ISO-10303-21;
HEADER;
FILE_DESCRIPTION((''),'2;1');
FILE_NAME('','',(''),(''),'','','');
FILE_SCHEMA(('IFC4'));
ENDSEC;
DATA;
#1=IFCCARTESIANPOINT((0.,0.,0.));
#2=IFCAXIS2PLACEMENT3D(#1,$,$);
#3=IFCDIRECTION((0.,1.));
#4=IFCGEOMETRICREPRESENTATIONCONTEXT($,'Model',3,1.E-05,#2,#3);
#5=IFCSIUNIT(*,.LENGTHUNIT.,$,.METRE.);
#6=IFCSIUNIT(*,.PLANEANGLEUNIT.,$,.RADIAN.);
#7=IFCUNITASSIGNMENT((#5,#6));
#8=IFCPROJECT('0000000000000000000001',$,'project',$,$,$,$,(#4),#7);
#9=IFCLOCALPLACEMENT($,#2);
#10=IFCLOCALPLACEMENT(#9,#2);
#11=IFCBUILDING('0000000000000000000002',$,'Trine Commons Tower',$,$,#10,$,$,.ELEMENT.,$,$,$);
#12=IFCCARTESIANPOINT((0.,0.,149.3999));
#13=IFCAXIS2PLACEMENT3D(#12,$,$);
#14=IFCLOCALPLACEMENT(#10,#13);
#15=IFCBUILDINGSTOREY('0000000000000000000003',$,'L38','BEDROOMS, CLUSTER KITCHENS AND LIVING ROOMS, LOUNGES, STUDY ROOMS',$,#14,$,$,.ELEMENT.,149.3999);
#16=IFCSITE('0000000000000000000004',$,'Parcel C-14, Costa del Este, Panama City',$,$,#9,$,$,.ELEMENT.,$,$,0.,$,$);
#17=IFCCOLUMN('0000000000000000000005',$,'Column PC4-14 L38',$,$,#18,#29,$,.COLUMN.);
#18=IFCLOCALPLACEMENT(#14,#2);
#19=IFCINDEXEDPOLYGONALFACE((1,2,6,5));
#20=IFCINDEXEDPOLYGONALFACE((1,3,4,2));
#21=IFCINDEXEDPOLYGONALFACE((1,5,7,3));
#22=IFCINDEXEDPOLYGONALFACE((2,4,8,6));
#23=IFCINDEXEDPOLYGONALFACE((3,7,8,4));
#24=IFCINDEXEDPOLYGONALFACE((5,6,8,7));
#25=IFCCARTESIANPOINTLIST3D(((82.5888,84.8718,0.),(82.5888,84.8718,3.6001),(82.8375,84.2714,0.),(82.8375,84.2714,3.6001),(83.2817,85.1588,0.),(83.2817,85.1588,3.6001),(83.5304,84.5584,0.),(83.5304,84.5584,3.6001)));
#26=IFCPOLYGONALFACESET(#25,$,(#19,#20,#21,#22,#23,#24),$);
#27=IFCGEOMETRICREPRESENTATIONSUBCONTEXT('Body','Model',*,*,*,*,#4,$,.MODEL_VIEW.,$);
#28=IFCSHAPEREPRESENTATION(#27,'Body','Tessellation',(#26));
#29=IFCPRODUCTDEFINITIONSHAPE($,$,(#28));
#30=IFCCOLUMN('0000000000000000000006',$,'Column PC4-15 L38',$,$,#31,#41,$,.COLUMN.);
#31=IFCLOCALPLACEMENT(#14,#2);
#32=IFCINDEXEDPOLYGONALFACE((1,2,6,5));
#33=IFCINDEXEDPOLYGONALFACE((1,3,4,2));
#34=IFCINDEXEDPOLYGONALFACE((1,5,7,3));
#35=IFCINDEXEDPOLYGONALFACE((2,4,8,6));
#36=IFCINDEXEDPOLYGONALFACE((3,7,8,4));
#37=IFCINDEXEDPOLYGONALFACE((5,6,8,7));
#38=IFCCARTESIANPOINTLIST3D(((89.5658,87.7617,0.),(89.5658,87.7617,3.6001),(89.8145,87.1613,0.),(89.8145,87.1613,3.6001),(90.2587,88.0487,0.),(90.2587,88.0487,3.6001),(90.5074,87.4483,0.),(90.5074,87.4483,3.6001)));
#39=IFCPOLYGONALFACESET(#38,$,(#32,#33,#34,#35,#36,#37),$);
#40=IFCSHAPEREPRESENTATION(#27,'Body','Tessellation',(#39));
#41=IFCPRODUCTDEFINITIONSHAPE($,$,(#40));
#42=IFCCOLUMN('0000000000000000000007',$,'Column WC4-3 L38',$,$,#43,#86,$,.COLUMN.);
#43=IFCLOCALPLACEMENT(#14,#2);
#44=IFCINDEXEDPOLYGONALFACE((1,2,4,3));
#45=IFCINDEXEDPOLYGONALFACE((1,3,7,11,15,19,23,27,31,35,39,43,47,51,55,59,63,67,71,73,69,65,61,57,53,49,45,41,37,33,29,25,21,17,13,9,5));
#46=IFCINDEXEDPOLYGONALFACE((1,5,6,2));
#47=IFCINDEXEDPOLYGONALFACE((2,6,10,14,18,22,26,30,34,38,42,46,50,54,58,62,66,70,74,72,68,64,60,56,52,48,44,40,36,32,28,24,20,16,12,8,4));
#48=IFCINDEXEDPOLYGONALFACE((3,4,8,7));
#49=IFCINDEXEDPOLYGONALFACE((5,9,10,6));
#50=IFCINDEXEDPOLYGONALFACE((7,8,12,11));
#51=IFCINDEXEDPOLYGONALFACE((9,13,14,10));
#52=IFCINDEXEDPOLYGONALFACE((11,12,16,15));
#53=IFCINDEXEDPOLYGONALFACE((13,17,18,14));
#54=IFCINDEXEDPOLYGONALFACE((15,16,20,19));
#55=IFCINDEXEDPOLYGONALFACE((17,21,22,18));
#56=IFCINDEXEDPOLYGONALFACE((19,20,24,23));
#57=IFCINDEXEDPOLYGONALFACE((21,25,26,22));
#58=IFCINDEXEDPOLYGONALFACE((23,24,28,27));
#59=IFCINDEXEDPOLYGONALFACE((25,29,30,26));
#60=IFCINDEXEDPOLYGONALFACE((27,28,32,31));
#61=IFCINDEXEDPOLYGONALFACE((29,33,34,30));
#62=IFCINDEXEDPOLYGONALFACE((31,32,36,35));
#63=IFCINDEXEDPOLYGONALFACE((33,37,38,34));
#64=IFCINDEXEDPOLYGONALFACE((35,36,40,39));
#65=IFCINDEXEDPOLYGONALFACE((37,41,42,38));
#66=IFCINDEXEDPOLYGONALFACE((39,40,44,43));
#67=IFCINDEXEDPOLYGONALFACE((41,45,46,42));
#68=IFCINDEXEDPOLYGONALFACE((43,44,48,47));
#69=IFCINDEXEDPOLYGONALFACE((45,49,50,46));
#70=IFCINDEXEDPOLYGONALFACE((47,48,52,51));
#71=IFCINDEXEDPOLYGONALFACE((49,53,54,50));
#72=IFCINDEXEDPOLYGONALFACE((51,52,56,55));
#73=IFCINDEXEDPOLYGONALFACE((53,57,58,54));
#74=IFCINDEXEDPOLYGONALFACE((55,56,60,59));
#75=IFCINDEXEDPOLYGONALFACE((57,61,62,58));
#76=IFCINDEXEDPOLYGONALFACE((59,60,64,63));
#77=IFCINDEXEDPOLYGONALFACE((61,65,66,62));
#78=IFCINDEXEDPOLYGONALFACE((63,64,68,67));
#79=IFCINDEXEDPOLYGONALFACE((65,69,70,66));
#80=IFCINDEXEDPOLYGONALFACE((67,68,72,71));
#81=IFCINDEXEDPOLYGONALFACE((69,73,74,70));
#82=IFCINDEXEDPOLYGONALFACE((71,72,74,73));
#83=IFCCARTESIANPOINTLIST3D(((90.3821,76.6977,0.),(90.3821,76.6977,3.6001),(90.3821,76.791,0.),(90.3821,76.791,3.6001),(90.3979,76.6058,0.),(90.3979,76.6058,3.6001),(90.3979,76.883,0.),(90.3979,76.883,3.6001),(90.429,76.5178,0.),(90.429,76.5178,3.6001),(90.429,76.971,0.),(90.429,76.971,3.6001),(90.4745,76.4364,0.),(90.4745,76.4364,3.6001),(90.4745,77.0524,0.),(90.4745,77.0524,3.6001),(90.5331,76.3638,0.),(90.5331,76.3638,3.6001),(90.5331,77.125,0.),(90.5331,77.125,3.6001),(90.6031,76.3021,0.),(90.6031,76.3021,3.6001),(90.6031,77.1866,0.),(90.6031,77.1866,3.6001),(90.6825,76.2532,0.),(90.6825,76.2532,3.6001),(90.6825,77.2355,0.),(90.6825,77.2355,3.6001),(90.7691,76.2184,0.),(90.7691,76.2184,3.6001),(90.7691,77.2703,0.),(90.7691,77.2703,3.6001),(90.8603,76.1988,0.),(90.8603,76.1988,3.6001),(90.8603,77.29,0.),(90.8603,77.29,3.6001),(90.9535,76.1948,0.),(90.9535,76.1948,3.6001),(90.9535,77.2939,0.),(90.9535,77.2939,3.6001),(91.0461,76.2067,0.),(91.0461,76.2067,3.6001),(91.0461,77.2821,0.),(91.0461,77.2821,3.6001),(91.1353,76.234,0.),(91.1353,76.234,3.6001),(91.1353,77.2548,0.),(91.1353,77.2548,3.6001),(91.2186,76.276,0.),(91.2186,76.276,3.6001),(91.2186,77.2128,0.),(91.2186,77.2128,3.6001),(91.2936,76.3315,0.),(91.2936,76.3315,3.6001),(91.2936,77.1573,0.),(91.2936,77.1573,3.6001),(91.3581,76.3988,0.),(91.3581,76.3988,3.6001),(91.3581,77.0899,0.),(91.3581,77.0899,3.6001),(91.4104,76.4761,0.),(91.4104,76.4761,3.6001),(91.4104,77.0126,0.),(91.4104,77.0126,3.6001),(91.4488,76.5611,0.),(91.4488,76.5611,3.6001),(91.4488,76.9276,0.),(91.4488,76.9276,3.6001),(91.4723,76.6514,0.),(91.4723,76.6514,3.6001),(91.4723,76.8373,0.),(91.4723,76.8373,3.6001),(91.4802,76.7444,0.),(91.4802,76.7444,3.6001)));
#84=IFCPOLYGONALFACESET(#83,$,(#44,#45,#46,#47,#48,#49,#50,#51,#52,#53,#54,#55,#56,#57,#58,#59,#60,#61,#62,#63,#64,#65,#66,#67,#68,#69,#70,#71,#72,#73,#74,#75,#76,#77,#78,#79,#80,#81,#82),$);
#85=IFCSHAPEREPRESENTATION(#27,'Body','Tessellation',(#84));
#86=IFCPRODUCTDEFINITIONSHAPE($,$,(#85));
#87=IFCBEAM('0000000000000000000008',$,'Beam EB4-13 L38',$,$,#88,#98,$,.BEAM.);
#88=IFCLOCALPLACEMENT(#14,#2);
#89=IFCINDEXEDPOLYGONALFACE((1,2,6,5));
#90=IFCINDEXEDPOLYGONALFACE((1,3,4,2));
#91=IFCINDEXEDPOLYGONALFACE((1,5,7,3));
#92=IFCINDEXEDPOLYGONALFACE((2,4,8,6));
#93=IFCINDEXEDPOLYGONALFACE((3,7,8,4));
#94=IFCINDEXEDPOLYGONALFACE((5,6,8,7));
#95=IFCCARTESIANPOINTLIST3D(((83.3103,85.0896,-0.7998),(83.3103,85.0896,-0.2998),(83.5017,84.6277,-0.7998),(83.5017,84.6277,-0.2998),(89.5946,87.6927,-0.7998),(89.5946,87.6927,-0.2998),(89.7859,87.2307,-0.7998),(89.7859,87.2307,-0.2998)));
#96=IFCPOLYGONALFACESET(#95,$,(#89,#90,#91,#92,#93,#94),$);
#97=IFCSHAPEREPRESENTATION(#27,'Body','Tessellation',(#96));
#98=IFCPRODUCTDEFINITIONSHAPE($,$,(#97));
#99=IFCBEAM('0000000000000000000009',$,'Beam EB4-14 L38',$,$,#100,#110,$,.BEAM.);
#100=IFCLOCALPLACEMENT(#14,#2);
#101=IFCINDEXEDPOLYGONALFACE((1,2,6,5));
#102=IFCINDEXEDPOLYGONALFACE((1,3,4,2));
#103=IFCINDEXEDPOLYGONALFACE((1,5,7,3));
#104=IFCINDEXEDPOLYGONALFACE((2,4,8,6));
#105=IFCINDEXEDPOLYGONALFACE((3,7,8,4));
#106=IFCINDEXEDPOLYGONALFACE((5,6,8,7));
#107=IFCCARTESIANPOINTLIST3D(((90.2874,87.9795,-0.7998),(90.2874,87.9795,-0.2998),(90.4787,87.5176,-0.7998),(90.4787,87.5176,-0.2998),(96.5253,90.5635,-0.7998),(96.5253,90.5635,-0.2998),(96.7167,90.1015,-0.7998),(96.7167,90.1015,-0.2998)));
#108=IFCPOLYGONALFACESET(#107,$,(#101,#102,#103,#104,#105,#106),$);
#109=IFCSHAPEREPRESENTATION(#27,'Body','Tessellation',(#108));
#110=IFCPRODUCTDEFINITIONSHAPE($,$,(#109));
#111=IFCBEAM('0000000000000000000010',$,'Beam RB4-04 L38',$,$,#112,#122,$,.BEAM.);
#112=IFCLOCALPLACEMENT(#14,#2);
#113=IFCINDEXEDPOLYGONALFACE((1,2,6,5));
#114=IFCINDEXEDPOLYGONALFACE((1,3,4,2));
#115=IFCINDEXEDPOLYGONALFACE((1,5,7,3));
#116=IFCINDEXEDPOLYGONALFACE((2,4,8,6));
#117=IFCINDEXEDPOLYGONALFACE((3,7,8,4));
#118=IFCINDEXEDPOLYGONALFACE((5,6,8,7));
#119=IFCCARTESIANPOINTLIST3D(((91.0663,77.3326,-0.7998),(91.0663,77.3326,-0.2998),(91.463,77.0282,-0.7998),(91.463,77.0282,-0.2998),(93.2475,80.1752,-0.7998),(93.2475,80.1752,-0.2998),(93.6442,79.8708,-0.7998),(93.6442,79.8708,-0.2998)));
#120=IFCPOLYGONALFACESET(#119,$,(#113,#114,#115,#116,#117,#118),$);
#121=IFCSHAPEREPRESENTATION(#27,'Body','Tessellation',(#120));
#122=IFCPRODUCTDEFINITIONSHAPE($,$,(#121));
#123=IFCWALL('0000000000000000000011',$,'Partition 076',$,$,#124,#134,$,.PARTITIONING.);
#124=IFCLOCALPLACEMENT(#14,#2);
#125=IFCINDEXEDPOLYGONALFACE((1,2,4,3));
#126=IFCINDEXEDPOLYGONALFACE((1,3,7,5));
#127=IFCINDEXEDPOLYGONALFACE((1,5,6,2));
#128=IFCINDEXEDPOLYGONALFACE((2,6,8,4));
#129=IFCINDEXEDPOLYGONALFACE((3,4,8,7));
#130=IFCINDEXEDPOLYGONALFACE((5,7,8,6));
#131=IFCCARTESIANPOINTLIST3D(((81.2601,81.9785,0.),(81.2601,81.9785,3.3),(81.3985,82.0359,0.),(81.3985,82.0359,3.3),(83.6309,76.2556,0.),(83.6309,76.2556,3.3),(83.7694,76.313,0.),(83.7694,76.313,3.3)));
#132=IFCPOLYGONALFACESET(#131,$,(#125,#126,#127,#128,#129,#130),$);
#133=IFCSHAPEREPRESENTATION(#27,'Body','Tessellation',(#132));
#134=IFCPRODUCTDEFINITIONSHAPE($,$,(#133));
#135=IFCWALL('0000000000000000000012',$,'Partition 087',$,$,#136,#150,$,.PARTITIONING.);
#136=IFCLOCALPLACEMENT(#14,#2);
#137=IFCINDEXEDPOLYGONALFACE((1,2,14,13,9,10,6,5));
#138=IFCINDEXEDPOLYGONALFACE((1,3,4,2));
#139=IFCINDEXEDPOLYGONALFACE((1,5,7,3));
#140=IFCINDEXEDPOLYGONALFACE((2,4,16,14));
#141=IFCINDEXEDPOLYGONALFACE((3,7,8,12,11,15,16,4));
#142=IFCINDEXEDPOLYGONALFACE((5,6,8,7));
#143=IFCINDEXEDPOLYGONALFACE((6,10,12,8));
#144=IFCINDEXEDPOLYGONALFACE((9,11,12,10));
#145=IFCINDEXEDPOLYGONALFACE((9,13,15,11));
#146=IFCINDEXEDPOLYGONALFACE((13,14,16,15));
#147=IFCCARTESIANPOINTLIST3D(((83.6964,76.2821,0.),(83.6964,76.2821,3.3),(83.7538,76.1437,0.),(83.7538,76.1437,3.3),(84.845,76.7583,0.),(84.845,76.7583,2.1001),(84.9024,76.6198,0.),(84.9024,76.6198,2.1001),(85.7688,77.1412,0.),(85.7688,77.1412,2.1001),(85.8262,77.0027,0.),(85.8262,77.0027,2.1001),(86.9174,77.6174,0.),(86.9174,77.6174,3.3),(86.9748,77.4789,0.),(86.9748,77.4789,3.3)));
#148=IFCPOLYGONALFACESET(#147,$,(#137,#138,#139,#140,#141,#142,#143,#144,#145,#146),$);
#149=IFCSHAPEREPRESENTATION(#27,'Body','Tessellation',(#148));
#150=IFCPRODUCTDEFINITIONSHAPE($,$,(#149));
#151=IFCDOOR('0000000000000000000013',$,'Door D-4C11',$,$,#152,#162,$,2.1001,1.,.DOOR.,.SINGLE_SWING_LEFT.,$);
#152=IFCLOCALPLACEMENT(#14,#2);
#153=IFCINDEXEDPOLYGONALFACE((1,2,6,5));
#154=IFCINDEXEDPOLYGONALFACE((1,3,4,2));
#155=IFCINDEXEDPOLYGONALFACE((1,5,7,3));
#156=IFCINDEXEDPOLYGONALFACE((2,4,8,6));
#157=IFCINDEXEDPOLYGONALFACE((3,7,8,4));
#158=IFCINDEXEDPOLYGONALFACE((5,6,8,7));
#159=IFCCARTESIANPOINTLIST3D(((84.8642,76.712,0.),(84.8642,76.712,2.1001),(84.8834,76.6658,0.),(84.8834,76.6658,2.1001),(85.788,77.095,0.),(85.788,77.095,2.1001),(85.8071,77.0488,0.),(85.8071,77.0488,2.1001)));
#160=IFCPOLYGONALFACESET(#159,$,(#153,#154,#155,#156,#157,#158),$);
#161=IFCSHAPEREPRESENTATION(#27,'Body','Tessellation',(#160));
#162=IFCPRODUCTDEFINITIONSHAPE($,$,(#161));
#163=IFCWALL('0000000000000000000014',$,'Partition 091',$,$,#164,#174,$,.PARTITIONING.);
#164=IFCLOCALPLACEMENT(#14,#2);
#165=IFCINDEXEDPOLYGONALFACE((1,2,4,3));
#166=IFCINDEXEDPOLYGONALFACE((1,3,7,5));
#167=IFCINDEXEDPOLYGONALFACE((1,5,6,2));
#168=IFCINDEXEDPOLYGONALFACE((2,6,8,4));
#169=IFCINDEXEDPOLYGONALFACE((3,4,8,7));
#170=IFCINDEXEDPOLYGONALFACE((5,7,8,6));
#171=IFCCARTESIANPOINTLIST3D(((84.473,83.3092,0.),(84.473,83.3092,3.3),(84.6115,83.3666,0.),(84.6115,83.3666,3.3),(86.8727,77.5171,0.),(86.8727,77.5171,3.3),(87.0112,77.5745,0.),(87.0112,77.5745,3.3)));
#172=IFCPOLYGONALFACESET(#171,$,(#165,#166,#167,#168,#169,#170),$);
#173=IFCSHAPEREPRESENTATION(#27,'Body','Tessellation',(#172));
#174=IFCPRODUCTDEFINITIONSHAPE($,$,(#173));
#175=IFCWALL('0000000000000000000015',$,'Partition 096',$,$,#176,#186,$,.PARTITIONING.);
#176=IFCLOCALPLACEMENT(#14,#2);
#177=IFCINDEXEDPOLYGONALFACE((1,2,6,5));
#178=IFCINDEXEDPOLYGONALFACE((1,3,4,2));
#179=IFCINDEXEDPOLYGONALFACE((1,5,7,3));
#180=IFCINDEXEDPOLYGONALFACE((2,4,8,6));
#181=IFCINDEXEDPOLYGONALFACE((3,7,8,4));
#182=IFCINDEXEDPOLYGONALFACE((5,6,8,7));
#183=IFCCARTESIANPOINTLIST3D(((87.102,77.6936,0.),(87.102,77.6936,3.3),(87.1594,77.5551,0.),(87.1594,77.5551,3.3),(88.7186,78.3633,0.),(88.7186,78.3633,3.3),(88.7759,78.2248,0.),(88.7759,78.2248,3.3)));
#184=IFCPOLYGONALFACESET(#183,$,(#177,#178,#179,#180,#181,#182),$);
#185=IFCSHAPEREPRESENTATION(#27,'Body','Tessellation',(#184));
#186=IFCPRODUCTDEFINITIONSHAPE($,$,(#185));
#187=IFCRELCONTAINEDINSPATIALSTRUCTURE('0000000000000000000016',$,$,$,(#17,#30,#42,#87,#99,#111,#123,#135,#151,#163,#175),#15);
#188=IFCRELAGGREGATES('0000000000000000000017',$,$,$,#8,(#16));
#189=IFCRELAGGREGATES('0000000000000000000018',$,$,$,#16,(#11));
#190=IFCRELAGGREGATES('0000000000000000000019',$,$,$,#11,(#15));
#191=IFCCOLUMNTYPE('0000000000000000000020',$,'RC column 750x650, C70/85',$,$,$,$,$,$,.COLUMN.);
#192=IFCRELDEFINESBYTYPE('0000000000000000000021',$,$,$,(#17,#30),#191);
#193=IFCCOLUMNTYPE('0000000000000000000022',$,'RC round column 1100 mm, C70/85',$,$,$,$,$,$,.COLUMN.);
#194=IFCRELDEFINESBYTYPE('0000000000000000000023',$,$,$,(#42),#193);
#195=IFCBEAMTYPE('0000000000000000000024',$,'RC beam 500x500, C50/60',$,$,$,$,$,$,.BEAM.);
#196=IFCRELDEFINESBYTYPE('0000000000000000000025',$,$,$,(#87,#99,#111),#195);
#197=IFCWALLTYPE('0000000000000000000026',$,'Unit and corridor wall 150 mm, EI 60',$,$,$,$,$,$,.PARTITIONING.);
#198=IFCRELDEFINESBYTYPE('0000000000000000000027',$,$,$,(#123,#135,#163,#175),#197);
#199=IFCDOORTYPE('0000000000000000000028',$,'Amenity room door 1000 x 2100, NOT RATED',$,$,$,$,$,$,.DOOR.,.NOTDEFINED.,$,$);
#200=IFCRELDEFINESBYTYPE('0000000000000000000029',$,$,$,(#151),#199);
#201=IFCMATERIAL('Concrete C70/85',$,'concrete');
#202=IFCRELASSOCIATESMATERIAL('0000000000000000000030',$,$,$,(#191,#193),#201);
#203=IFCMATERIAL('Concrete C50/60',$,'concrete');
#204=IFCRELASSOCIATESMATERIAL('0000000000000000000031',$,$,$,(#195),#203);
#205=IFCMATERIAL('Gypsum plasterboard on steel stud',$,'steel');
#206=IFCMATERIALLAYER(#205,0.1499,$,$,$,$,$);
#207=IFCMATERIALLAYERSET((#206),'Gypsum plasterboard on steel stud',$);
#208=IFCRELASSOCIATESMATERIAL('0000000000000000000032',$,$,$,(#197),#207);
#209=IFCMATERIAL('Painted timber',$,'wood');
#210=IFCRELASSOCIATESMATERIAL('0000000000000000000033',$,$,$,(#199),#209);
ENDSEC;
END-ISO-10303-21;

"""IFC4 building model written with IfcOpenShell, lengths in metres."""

from ifc_helpers import new_model, si_unit, direction, frame, frame_2d, origin, origin_2d, place, context, subcontext, project, spatial, rectangle, circle, extrude, material, layer, layer_set, material_profile, profile_set, type_object, element, fill, save


model = new_model("IFC4")

# Units and contexts
model_context = context("Model", 3, precision=1e-05, world=origin(), true_north=direction((0.0, 1.0)))
body_context = subcontext(model_context, "Body", "Model", "MODEL_VIEW")
ifc_project = project(units=[si_unit("LENGTHUNIT", "METRE"), si_unit("PLANEANGLEUNIT", "RADIAN")], contexts=[model_context])

# Site, building, storey
site_placement = place(None, origin())
site = spatial("IfcSite", under=ifc_project, at=site_placement, Name="Parcel C-14, Costa del Este, Panama City", CompositionType="ELEMENT", RefElevation=0.0)
building_placement = place(site_placement, origin())
building = spatial("IfcBuilding", under=site, at=building_placement, Name="Trine Commons Tower", CompositionType="ELEMENT")
storey_placement = place(building_placement, frame((0.0, 0.0, 149.3999)))
storey = spatial("IfcBuildingStorey", under=building, at=storey_placement, Name="L38", Description="BEDROOMS, CLUSTER KITCHENS AND LIVING ROOMS, LOUNGES, STUDY ROOMS", CompositionType="ELEMENT", Elevation=149.3999)

# Columns
ifc_material_1 = material(Name="Concrete C70/85", Category="concrete")
ifc_material_profile_1 = material_profile(ifc_material_1, rectangle(XDim=0.75, YDim=0.6499, at=origin_2d()), Name="RC 750x650")
ifc_profile_set_1 = profile_set([ifc_material_profile_1], Name="Concrete C70/85")
column_type_1 = type_object("IfcColumnType", Name="RC column 750x650, C70/85", PredefinedType="COLUMN", material=ifc_profile_set_1)
for number, where, z_axis, x_axis, name in (
    (1, (83.0596, 84.7151, 0.0), (0.0, 0.0, 1.0), (0.92388, 0.382683, 0.0), "Column PC4-14 L38"),
    (2, (90.0366, 87.605, 0.0), (0.0, 0.0, 1.0), (0.92388, 0.382683, 0.0), "Column PC4-15 L38"),
):
    element("IfcColumn", number, at=place(storey_placement, frame(where, z_axis=z_axis, x_axis=x_axis)), inside=storey, type_object=column_type_1, Name=name, PredefinedType="COLUMN", context=body_context, shape_type="SweptSolid", body=[
        extrude(rectangle(XDim=0.75, YDim=0.6499, at=origin_2d()), origin(), (0.0, 0.0, 1.0), 3.6001),
    ])
ifc_material_profile_2 = material_profile(ifc_material_1, circle(Radius=0.55, at=origin_2d()), Name="RC round 1100")
ifc_profile_set_2 = profile_set([ifc_material_profile_2], Name="Concrete C70/85")
column_type_2 = type_object("IfcColumnType", Name="RC round column 1100 mm, C70/85", PredefinedType="COLUMN", material=ifc_profile_set_2)
column_placement = place(storey_placement, frame((90.9302, 76.7444, 0.0), z_axis=(0.0, 0.0, 1.0), x_axis=(1.0, 0.0, 0.0)))
element("IfcColumn", 3, at=column_placement, inside=storey, type_object=column_type_2, Name="Column WC4-3 L38", PredefinedType="COLUMN", context=body_context, shape_type="SweptSolid", body=[
    extrude(circle(Radius=0.55, at=origin_2d()), origin(), (0.0, 0.0, 1.0), 3.6001),
])

# Beams
ifc_material_2 = material(Name="Concrete C50/60", Category="concrete")
ifc_material_profile_3 = material_profile(ifc_material_2, rectangle(XDim=0.5, YDim=0.5, at=origin_2d()), Name="RC 500x500")
ifc_profile_set_3 = profile_set([ifc_material_profile_3], Name="Concrete C50/60")
beam_type = type_object("IfcBeamType", Name="RC beam 500x500, C50/60", PredefinedType="BEAM", material=ifc_profile_set_3)
beam_1_placement = place(storey_placement, frame((83.406, 84.8586, -0.5498), z_axis=(0.923878, 0.382688, 0.0), x_axis=(-0.382688, 0.923878, 0.0)))
element("IfcBeam", 4, at=beam_1_placement, inside=storey, type_object=beam_type, Name="Beam EB4-13 L38", PredefinedType="BEAM", context=body_context, shape_type="SweptSolid", body=[
    extrude(rectangle(XDim=0.5, YDim=0.5, at=origin_2d()), origin(), (0.0, 0.0, 1.0), 6.802),
])
beam_2_placement = place(storey_placement, frame((90.3831, 87.7485, -0.5498), z_axis=(0.923874, 0.382697, 0.0), x_axis=(-0.382697, 0.923874, 0.0)))
element("IfcBeam", 5, at=beam_2_placement, inside=storey, type_object=beam_type, Name="Beam EB4-14 L38", PredefinedType="BEAM", context=body_context, shape_type="SweptSolid", body=[
    extrude(rectangle(XDim=0.5, YDim=0.5, at=origin_2d()), origin(), (0.0, 0.0, 1.0), 6.752),
])
beam_3_placement = place(storey_placement, frame((91.2646, 77.1804, -0.5498), z_axis=(0.608762, 0.793353, 0.0), x_axis=(-0.793353, 0.608762, 0.0)))
element("IfcBeam", 6, at=beam_3_placement, inside=storey, type_object=beam_type, Name="Beam RB4-04 L38", PredefinedType="BEAM", context=body_context, shape_type="SweptSolid", body=[
    extrude(rectangle(XDim=0.5, YDim=0.5, at=origin_2d()), origin(), (0.0, 0.0, 1.0), 3.583),
])

# Wall
ifc_material_3 = material(Name="Gypsum plasterboard on steel stud", Category="steel")
ifc_layer_1 = layer(ifc_material_3, 0.1499)
ifc_layer_set_1 = layer_set([ifc_layer_1], Name="Gypsum plasterboard on steel stud")
wall_type_1 = type_object("IfcWallType", Name="Unit and corridor wall 150 mm, EI 60", PredefinedType="PARTITIONING", material=ifc_layer_set_1)
wall_1_placement = place(storey_placement, frame((81.3293, 82.0071, 0.0), z_axis=(0.0, 0.0, 1.0), x_axis=(0.382731, -0.92386, 0.0)))
element("IfcWall", 7, at=wall_1_placement, inside=storey, type_object=wall_type_1, Name="Partition 076", PredefinedType="PARTITIONING", context=body_context, shape_type="SweptSolid", body=[
    extrude(rectangle(XDim=6.1946, YDim=0.1499, at=frame_2d((3.0972, 0.0))), origin(), (0.0, 0.0, 1.0), 3.3),
])

# Wall, opening, door
wall_2_placement = place(storey_placement, frame((83.7251, 76.2129, 0.0), z_axis=(0.0, 0.0, 1.0), x_axis=(0.923774, 0.382939, 0.0)))
wall_2 = element("IfcWall", 8, at=wall_2_placement, inside=storey, type_object=wall_type_1, Name="Partition 087", PredefinedType="PARTITIONING", context=body_context, shape_type="SweptSolid", body=[
    extrude(rectangle(XDim=3.4868, YDim=0.1499, at=frame_2d((1.7434, 0.0))), origin(), (0.0, 0.0, 1.0), 3.3),
])
opening_1_placement = place(wall_2_placement, frame((1.2434, 0.0, 0.0)))
opening_1 = element("IfcOpeningElement", 9, at=opening_1_placement, cuts=wall_2, PredefinedType="OPENING", context=body_context, shape_type="SweptSolid", body=[
    extrude(rectangle(XDim=1.0, YDim=2.1001, at=frame_2d((0.5, 1.05))), frame((0.0, 0.085, 0.0), z_axis=(0.0, -1.0, 0.0), x_axis=(1.0, 0.0, 0.0)), (0.0, 0.0, 1.0), 0.1699),
])
ifc_material_4 = material(Name="Painted timber", Category="wood")
door_type_1 = type_object("IfcDoorType", Name="Amenity room door 1000 x 2100, NOT RATED", OperationType="NOTDEFINED", PredefinedType="DOOR", material=ifc_material_4)
door_1_placement = place(opening_1_placement, origin())
door_1 = element("IfcDoor", 10, at=door_1_placement, inside=storey, type_object=door_type_1, Name="Door D-4C11", OperationType="SINGLE_SWING_LEFT", OverallHeight=2.1001, OverallWidth=1.0, PredefinedType="DOOR", context=body_context, shape_type="SweptSolid", body=[
    extrude(rectangle(XDim=1.0, YDim=2.1001, at=frame_2d((0.5, 1.05))), frame((0.0, 0.0249, 0.0), z_axis=(0.0, -1.0, 0.0), x_axis=(1.0, 0.0, 0.0)), (0.0, 0.0, 1.0), 0.05),
])
fill(opening_1, door_1)

# Walls
wall_3_placement = place(storey_placement, frame((84.5422, 83.3379, 0.0), z_axis=(0.0, 0.0, 1.0), x_axis=(0.382756, -0.923849, 0.0)))
element("IfcWall", 11, at=wall_3_placement, inside=storey, type_object=wall_type_1, Name="Partition 091", PredefinedType="PARTITIONING", context=body_context, shape_type="SweptSolid", body=[
    extrude(rectangle(XDim=6.2695, YDim=0.1499, at=frame_2d((3.1348, 0.0))), origin(), (0.0, 0.0, 1.0), 3.3),
])
wall_4_placement = place(storey_placement, frame((87.1306, 77.6243, 0.0), z_axis=(0.0, 0.0, 1.0), x_axis=(0.923855, 0.382742, 0.0)))
element("IfcWall", 12, at=wall_4_placement, inside=storey, type_object=wall_type_1, Name="Partition 096", PredefinedType="PARTITIONING", context=body_context, shape_type="SweptSolid", body=[
    extrude(rectangle(XDim=1.7498, YDim=0.1499, at=frame_2d((0.875, 0.0))), origin(), (0.0, 0.0, 1.0), 3.3),
])

save(model, "model.ifc")
